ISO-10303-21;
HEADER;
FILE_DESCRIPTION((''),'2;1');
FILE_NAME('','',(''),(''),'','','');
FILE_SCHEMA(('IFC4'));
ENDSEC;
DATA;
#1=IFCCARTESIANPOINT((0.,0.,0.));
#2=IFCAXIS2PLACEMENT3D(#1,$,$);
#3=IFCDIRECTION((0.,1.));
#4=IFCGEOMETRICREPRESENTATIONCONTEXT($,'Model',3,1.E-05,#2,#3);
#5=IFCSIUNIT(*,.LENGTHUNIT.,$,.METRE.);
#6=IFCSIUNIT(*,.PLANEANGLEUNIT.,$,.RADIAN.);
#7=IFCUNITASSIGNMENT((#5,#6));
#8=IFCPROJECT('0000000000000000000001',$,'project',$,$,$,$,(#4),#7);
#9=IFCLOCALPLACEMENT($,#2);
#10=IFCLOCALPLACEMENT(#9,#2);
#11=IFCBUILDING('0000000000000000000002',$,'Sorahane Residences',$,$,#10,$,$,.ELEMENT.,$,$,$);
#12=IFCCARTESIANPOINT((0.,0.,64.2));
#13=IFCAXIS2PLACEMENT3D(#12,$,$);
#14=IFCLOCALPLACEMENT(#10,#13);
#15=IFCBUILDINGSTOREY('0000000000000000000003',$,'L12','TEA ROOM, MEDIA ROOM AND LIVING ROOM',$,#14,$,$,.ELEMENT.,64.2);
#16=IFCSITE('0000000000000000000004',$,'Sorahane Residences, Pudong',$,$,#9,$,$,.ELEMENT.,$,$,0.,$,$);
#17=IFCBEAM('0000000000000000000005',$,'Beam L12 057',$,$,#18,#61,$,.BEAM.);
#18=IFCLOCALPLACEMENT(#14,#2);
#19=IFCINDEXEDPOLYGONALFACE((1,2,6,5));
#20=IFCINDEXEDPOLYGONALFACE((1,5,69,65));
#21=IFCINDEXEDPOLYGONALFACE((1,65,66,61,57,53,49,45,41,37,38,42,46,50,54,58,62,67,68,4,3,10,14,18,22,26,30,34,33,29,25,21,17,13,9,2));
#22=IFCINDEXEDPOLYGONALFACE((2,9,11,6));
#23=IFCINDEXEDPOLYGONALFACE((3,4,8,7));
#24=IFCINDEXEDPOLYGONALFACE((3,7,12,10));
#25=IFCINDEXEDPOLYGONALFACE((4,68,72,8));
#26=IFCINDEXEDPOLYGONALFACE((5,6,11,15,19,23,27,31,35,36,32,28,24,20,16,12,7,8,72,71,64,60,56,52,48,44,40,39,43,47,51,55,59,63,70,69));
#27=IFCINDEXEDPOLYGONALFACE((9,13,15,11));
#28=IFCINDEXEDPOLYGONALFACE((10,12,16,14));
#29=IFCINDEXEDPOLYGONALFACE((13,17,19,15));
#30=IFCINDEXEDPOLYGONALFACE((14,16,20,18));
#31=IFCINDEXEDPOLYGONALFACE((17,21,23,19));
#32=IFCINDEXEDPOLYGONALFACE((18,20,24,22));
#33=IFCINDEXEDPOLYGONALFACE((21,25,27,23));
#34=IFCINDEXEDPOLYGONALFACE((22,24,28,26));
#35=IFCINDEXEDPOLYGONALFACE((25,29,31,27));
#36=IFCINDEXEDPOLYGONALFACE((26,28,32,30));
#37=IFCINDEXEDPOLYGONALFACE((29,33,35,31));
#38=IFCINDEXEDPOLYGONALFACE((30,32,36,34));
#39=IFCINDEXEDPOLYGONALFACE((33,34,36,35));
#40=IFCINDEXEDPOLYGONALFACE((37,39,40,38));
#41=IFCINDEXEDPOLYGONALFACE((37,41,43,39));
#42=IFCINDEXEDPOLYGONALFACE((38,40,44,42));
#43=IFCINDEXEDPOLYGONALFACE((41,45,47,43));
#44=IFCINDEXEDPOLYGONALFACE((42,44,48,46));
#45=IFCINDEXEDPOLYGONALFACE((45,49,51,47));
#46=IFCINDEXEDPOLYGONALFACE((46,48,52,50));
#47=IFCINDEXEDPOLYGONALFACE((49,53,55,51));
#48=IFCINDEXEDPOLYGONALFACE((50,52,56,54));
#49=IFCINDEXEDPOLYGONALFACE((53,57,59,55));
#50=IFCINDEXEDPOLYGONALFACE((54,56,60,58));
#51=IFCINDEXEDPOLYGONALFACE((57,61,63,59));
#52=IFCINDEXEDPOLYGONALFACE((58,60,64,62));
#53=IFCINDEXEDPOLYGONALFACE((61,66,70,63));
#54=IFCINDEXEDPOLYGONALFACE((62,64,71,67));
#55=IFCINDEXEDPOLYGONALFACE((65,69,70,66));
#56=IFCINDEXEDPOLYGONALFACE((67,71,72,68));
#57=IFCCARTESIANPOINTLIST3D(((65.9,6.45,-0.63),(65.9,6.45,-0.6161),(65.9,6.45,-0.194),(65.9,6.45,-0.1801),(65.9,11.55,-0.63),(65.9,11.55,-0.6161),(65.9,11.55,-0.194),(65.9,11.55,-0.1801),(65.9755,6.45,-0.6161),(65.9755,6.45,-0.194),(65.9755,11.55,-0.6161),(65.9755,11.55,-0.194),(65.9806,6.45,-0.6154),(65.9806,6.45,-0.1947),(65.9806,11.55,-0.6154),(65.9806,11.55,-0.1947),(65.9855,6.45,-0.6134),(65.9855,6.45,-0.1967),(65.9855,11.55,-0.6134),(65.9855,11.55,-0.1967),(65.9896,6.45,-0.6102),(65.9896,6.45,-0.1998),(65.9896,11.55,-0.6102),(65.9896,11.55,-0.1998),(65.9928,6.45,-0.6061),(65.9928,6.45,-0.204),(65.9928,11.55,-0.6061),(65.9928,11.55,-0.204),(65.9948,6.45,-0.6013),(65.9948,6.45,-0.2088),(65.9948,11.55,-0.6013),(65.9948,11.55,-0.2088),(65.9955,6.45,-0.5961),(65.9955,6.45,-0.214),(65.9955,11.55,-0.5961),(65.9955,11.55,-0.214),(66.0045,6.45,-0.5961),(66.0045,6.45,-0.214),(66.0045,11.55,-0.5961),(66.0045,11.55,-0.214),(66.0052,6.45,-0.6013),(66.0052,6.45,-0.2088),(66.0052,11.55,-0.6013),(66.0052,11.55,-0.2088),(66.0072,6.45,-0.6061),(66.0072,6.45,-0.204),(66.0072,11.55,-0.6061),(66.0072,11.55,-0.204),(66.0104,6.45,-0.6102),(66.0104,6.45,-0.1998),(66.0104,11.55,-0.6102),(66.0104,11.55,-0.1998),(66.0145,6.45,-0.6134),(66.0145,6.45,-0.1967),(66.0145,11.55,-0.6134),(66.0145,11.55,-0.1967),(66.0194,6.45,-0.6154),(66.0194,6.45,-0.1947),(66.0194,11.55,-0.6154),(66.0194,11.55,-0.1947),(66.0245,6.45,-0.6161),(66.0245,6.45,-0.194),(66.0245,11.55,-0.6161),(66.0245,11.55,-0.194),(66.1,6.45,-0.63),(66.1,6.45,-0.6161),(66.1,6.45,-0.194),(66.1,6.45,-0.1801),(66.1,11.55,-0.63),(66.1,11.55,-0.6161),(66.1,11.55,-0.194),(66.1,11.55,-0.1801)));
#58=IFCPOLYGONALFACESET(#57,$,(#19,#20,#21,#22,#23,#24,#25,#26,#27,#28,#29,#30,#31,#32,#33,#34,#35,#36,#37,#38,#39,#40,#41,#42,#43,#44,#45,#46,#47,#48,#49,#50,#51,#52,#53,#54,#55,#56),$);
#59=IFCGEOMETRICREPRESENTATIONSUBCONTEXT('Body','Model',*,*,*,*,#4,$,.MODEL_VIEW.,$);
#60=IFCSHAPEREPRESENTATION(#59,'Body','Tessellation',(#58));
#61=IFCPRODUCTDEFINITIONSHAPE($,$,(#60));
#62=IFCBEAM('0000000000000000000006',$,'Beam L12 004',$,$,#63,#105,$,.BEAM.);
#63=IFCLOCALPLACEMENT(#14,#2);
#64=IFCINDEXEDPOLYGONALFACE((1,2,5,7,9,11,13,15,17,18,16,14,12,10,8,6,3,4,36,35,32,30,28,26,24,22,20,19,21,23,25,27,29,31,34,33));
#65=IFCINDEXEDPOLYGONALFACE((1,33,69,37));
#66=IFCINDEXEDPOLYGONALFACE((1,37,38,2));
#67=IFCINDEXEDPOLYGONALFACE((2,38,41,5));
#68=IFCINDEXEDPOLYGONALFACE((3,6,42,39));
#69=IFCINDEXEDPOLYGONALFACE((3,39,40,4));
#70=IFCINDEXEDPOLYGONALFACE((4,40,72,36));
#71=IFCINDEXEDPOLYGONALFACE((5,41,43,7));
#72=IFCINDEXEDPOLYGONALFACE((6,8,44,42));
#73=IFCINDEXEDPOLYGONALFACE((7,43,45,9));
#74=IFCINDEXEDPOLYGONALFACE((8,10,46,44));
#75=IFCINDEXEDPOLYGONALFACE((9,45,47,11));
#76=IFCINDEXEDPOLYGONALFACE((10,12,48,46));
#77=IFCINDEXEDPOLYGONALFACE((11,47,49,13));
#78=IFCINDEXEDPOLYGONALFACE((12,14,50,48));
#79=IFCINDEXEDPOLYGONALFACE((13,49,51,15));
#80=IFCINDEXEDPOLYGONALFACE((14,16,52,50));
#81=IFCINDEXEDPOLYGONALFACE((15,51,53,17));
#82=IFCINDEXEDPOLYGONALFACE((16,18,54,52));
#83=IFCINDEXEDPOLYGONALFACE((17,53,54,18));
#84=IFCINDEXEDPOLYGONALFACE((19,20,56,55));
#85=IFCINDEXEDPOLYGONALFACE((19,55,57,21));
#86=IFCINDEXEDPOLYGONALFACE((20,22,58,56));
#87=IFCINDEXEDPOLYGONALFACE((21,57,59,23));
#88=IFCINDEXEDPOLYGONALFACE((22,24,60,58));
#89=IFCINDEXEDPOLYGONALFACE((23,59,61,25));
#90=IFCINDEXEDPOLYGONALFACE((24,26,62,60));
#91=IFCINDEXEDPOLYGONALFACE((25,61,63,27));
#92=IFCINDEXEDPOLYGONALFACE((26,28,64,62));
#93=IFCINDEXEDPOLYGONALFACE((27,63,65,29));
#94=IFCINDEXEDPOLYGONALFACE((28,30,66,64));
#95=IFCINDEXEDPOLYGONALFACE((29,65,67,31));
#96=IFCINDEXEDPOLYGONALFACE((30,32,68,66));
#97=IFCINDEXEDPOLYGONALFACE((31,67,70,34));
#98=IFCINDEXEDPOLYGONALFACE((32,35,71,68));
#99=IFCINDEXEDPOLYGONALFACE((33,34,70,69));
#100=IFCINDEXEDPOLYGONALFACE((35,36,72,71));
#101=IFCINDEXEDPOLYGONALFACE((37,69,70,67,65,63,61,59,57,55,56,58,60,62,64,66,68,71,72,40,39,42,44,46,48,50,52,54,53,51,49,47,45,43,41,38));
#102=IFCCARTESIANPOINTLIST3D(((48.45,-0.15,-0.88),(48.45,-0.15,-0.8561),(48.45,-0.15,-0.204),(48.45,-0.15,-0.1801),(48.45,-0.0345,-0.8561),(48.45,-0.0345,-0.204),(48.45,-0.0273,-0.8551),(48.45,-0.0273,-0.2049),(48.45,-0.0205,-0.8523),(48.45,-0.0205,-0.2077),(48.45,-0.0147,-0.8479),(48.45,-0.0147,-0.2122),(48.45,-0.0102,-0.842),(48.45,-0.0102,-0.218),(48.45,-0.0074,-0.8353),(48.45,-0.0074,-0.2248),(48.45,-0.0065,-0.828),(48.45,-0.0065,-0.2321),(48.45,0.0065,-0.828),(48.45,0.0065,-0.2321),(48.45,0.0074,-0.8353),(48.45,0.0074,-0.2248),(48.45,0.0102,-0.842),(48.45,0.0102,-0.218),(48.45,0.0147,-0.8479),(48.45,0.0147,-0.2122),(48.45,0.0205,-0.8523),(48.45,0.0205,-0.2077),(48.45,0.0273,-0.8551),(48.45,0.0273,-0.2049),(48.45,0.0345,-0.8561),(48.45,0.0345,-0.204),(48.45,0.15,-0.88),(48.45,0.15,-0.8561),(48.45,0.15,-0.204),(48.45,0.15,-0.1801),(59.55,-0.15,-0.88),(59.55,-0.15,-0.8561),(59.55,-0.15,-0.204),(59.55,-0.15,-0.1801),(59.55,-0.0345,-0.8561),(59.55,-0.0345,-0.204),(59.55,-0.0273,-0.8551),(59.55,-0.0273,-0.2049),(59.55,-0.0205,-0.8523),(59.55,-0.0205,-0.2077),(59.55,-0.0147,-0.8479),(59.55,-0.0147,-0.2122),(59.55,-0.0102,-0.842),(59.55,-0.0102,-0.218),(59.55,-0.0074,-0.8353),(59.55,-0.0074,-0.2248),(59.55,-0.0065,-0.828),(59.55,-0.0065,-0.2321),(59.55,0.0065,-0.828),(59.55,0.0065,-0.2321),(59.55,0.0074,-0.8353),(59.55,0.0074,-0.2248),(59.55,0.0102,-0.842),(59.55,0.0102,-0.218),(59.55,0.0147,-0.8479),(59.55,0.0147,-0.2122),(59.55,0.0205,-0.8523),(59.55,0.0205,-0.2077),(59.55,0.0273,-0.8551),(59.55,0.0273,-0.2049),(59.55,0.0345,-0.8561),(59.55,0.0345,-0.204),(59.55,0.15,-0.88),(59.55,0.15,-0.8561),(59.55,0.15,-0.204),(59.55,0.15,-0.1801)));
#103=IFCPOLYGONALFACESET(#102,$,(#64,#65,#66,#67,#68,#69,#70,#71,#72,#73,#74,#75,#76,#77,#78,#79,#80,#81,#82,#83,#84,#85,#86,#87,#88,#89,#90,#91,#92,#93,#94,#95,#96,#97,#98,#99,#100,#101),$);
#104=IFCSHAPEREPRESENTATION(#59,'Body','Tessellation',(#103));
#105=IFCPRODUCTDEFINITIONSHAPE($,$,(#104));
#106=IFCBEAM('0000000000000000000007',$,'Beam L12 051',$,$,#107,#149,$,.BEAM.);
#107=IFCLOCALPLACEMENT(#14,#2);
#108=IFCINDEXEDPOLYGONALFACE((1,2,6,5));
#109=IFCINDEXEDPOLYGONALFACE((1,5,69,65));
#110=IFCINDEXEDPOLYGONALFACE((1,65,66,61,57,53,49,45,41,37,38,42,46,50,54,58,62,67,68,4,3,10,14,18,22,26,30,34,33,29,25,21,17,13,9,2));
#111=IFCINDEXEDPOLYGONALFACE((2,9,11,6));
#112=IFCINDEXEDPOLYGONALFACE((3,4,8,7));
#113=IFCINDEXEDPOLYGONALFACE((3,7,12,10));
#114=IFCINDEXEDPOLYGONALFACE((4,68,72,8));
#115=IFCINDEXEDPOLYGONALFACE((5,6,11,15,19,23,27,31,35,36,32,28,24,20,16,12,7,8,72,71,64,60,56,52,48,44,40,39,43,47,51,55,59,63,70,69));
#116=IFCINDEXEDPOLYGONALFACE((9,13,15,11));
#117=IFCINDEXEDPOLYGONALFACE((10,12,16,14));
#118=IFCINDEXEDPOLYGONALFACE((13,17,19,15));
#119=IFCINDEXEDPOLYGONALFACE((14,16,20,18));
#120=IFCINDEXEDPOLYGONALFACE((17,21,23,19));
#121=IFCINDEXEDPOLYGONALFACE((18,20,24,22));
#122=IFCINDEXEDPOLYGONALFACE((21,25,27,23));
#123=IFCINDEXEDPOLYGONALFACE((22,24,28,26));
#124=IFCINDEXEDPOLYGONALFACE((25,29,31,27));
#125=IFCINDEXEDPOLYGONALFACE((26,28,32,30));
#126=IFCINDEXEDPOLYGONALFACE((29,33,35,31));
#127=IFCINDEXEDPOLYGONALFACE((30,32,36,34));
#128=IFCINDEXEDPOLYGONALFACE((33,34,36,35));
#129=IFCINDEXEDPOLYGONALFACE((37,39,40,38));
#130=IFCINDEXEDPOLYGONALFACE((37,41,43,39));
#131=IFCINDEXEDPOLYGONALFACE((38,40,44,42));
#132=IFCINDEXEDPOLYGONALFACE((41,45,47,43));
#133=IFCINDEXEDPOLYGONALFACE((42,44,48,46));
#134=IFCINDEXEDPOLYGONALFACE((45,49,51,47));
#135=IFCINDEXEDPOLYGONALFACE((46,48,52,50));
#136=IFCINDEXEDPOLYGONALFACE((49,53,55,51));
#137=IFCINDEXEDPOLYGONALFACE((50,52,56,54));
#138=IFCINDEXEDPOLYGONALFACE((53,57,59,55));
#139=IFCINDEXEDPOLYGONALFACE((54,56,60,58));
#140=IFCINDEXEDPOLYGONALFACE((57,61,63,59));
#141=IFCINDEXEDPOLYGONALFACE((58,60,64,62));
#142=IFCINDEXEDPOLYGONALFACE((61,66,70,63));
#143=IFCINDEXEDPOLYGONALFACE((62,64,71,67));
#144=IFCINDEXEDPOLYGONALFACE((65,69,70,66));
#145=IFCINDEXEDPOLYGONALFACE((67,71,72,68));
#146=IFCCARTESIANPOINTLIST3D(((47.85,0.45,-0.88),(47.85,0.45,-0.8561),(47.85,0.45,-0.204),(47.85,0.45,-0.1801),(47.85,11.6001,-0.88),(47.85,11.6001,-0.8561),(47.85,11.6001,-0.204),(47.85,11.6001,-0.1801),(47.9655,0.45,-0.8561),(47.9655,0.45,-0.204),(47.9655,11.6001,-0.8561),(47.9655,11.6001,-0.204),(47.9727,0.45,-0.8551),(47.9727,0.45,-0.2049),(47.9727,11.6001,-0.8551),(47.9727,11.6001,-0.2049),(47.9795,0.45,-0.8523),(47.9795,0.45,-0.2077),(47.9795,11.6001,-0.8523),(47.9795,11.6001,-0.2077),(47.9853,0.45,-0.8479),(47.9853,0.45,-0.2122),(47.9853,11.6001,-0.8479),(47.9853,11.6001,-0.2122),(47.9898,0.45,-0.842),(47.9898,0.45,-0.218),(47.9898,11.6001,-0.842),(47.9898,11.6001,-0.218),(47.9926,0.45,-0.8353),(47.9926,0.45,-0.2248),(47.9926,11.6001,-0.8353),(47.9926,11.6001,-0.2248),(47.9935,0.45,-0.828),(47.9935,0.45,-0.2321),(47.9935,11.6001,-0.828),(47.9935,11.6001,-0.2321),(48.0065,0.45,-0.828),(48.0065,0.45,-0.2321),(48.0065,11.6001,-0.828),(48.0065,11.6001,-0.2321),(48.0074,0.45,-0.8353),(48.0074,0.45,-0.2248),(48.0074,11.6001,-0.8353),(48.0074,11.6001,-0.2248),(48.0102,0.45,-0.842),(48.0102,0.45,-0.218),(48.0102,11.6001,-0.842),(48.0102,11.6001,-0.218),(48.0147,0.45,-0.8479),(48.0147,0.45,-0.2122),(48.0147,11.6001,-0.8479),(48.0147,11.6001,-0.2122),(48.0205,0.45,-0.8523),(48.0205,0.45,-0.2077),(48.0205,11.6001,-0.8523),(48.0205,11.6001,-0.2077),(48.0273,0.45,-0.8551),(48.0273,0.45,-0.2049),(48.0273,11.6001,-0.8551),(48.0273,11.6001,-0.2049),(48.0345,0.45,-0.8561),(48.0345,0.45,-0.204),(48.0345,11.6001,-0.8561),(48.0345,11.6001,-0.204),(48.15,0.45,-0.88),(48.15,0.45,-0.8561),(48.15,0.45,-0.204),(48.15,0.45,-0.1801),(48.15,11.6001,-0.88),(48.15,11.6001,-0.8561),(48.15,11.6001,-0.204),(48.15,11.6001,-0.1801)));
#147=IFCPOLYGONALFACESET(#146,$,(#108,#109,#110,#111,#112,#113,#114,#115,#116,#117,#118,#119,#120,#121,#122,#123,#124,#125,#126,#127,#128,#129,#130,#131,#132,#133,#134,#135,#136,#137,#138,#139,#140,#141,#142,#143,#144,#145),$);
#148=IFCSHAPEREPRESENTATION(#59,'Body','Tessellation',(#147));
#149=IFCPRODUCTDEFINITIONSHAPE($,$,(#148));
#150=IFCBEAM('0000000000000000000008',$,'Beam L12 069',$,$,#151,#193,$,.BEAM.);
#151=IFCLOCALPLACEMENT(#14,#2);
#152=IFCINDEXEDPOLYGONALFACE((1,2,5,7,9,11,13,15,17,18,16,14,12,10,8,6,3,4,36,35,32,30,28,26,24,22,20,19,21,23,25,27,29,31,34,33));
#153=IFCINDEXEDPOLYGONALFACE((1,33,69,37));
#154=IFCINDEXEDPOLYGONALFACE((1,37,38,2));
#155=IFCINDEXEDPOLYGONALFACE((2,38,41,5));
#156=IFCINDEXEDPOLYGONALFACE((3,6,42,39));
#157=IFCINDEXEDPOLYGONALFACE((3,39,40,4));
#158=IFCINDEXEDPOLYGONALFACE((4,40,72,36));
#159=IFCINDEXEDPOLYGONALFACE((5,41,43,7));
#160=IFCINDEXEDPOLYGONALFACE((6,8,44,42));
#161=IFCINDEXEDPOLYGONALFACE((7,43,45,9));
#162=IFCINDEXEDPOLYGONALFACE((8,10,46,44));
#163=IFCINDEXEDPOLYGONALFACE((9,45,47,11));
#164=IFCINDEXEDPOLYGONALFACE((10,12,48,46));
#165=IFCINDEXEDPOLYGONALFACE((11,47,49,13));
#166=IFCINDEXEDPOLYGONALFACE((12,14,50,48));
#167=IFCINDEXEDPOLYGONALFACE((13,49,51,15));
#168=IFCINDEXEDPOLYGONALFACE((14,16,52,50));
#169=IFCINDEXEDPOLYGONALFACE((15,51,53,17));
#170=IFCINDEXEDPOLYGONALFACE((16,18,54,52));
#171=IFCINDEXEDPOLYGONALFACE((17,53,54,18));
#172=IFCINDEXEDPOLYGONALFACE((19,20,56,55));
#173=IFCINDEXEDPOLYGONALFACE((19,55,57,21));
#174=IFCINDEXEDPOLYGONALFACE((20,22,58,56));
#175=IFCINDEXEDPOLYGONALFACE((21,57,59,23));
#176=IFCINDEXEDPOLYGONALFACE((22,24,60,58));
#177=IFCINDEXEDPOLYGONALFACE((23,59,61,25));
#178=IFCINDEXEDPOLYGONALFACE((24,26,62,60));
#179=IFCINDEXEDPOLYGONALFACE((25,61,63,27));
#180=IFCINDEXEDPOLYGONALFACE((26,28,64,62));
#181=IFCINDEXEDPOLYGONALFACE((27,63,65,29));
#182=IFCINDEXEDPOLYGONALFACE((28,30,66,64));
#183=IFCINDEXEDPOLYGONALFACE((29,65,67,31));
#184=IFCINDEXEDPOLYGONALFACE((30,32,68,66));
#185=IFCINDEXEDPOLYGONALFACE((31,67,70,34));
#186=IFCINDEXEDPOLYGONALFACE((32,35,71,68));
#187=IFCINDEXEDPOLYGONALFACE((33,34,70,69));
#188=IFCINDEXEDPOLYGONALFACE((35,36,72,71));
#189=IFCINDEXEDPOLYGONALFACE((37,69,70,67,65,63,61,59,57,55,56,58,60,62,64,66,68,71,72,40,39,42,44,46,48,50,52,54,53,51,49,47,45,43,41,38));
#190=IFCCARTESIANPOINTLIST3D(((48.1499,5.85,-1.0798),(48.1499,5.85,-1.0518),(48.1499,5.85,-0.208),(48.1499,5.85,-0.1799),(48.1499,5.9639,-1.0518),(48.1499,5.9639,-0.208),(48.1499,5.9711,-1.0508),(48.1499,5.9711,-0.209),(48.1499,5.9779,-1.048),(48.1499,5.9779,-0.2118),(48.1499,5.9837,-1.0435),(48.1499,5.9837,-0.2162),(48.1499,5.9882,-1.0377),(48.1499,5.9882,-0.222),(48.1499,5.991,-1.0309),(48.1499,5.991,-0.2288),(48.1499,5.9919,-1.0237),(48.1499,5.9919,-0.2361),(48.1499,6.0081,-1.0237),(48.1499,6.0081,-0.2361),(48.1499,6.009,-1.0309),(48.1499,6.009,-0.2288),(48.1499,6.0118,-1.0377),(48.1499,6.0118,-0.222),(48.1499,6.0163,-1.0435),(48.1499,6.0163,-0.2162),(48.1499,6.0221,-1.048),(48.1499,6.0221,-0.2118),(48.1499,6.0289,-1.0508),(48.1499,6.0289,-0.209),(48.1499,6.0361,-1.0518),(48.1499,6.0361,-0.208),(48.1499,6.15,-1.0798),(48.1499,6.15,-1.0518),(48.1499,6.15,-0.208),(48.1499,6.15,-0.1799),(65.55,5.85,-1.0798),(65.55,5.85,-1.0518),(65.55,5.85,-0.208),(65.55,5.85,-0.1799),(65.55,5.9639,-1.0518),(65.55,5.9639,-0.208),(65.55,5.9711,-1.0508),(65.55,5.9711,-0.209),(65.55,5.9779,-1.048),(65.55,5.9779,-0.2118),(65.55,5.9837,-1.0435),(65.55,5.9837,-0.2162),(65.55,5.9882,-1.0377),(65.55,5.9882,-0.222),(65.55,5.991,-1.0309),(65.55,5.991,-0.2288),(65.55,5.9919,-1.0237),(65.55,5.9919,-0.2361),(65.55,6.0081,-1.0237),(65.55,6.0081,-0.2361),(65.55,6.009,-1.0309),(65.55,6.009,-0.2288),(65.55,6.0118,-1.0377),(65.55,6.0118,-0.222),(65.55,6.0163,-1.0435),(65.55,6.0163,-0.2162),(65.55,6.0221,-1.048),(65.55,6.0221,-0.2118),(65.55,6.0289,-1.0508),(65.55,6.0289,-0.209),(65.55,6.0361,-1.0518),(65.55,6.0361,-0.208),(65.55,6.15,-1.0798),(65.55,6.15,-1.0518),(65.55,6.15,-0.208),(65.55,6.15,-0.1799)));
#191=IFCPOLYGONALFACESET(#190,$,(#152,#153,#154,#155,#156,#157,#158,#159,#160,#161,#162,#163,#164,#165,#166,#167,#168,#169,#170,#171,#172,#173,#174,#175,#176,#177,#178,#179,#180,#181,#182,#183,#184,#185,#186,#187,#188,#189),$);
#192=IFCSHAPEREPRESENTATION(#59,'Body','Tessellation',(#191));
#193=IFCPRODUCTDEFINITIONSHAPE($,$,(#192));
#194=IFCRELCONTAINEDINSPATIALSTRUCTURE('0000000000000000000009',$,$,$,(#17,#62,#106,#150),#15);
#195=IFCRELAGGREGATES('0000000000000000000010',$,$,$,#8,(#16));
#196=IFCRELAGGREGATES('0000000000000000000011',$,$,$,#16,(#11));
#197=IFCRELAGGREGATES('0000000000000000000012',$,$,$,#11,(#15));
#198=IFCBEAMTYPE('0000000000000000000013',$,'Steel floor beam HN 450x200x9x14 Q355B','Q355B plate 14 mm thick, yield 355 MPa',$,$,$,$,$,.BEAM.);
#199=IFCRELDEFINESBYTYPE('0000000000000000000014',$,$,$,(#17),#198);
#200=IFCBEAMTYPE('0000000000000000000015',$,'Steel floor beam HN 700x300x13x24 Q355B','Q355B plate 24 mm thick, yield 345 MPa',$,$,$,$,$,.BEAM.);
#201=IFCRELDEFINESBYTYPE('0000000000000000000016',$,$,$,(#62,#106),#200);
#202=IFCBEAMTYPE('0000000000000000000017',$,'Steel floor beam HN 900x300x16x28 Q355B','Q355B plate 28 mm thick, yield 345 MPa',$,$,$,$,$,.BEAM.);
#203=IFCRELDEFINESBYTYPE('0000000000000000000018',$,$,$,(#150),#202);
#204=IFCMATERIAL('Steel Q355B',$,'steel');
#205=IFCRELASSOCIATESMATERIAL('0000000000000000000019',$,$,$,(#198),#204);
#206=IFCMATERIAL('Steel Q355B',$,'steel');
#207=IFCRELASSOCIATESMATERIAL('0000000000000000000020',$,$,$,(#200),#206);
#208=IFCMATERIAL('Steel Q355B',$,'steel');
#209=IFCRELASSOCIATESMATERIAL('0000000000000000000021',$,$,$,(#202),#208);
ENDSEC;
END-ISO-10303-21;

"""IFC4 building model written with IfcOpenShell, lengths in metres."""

from ifc_helpers import new_model, si_unit, direction, frame, origin, origin_2d, place, context, subcontext, project, spatial, i_section, extrude, material, material_profile, profile_set, type_object, element, save


model = new_model("IFC4")

# Units and contexts
model_context = context("Model", 3, precision=1e-05, world=origin(), true_north=direction((0.0, 1.0)))
body_context = subcontext(model_context, "Body", "Model", "MODEL_VIEW")
ifc_project = project(units=[si_unit("LENGTHUNIT", "METRE"), si_unit("PLANEANGLEUNIT", "RADIAN")], contexts=[model_context])

# Site, building, storey
site_placement = place(None, origin())
site = spatial("IfcSite", under=ifc_project, at=site_placement, Name="Sorahane Residences, Pudong", CompositionType="ELEMENT", RefElevation=0.0)
building_placement = place(site_placement, origin())
building = spatial("IfcBuilding", under=site, at=building_placement, Name="Sorahane Residences", CompositionType="ELEMENT")
storey_placement = place(building_placement, frame((0.0, 0.0, 64.2)))
storey = spatial("IfcBuildingStorey", under=building, at=storey_placement, Name="L12", Description="TEA ROOM, MEDIA ROOM AND LIVING ROOM", CompositionType="ELEMENT", Elevation=64.2)

# Beams
ifc_material_1 = material(Name="Steel Q355B", Category="steel")
ifc_material_profile_1 = material_profile(ifc_material_1, i_section(OverallWidth=0.2, OverallDepth=0.45, WebThickness=0.009, FlangeThickness=0.0139, FilletRadius=0.02, at=origin_2d()), Name="HN 450x200x9x14")
ifc_profile_set_1 = profile_set([ifc_material_profile_1], Name="Steel Q355B")
beam_type_1 = type_object("IfcBeamType", Name="Steel floor beam HN 450x200x9x14 Q355B", Description="Q355B plate 14 mm thick, yield 355 MPa", PredefinedType="BEAM", material=ifc_profile_set_1)
beam_1_placement = place(storey_placement, frame((66.0, 6.45, -0.405), z_axis=(0.0, 1.0, 0.0), x_axis=(-1.0, 0.0, 0.0)))
element("IfcBeam", 1, at=beam_1_placement, inside=storey, type_object=beam_type_1, Name="Beam L12 057", PredefinedType="BEAM", context=body_context, shape_type="SweptSolid", body=[
    extrude(i_section(OverallWidth=0.2, OverallDepth=0.45, WebThickness=0.009, FlangeThickness=0.0139, FilletRadius=0.02, at=origin_2d()), origin(), (0.0, 0.0, 1.0), 5.1001),
])
ifc_material_2 = material(Name="Steel Q355B", Category="steel")
ifc_material_profile_2 = material_profile(ifc_material_2, i_section(OverallWidth=0.3, OverallDepth=0.7, WebThickness=0.0129, FlangeThickness=0.0239, FilletRadius=0.0281, at=origin_2d()), Name="HN 700x300x13x24")
ifc_profile_set_2 = profile_set([ifc_material_profile_2], Name="Steel Q355B")
beam_type_2 = type_object("IfcBeamType", Name="Steel floor beam HN 700x300x13x24 Q355B", Description="Q355B plate 24 mm thick, yield 345 MPa", PredefinedType="BEAM", material=ifc_profile_set_2)
beam_2_placement = place(storey_placement, frame((48.45, 0.0, -0.53), z_axis=(1.0, 0.0, 0.0), x_axis=(0.0, 1.0, 0.0)))
element("IfcBeam", 2, at=beam_2_placement, inside=storey, type_object=beam_type_2, Name="Beam L12 004", PredefinedType="BEAM", context=body_context, shape_type="SweptSolid", body=[
    extrude(i_section(OverallWidth=0.3, OverallDepth=0.7, WebThickness=0.0129, FlangeThickness=0.0239, FilletRadius=0.0281, at=origin_2d()), origin(), (0.0, 0.0, 1.0), 11.1001),
])
beam_3_placement = place(storey_placement, frame((48.0, 0.45, -0.53), z_axis=(0.0, 1.0, 0.0), x_axis=(-1.0, 0.0, 0.0)))
element("IfcBeam", 3, at=beam_3_placement, inside=storey, type_object=beam_type_2, Name="Beam L12 051", PredefinedType="BEAM", context=body_context, shape_type="SweptSolid", body=[
    extrude(i_section(OverallWidth=0.3, OverallDepth=0.7, WebThickness=0.0129, FlangeThickness=0.0239, FilletRadius=0.0281, at=origin_2d()), origin(), (0.0, 0.0, 1.0), 11.1501),
])
ifc_material_3 = material(Name="Steel Q355B", Category="steel")
ifc_material_profile_3 = material_profile(ifc_material_3, i_section(OverallWidth=0.3, OverallDepth=0.8999, WebThickness=0.0161, FlangeThickness=0.0281, FilletRadius=0.0281, at=origin_2d()), Name="HN 900x300x16x28")
ifc_profile_set_3 = profile_set([ifc_material_profile_3], Name="Steel Q355B")
beam_type_3 = type_object("IfcBeamType", Name="Steel floor beam HN 900x300x16x28 Q355B", Description="Q355B plate 28 mm thick, yield 345 MPa", PredefinedType="BEAM", material=ifc_profile_set_3)
beam_4_placement = place(storey_placement, frame((48.1499, 6.0, -0.6299), z_axis=(1.0, 0.0, 0.0), x_axis=(0.0, 1.0, 0.0)))
element("IfcBeam", 4, at=beam_4_placement, inside=storey, type_object=beam_type_3, Name="Beam L12 069", PredefinedType="BEAM", context=body_context, shape_type="SweptSolid", body=[
    extrude(i_section(OverallWidth=0.3, OverallDepth=0.8999, WebThickness=0.0161, FlangeThickness=0.0281, FilletRadius=0.0281, at=origin_2d()), origin(), (0.0, 0.0, 1.0), 17.4001),
])

save(model, "model.ifc")
